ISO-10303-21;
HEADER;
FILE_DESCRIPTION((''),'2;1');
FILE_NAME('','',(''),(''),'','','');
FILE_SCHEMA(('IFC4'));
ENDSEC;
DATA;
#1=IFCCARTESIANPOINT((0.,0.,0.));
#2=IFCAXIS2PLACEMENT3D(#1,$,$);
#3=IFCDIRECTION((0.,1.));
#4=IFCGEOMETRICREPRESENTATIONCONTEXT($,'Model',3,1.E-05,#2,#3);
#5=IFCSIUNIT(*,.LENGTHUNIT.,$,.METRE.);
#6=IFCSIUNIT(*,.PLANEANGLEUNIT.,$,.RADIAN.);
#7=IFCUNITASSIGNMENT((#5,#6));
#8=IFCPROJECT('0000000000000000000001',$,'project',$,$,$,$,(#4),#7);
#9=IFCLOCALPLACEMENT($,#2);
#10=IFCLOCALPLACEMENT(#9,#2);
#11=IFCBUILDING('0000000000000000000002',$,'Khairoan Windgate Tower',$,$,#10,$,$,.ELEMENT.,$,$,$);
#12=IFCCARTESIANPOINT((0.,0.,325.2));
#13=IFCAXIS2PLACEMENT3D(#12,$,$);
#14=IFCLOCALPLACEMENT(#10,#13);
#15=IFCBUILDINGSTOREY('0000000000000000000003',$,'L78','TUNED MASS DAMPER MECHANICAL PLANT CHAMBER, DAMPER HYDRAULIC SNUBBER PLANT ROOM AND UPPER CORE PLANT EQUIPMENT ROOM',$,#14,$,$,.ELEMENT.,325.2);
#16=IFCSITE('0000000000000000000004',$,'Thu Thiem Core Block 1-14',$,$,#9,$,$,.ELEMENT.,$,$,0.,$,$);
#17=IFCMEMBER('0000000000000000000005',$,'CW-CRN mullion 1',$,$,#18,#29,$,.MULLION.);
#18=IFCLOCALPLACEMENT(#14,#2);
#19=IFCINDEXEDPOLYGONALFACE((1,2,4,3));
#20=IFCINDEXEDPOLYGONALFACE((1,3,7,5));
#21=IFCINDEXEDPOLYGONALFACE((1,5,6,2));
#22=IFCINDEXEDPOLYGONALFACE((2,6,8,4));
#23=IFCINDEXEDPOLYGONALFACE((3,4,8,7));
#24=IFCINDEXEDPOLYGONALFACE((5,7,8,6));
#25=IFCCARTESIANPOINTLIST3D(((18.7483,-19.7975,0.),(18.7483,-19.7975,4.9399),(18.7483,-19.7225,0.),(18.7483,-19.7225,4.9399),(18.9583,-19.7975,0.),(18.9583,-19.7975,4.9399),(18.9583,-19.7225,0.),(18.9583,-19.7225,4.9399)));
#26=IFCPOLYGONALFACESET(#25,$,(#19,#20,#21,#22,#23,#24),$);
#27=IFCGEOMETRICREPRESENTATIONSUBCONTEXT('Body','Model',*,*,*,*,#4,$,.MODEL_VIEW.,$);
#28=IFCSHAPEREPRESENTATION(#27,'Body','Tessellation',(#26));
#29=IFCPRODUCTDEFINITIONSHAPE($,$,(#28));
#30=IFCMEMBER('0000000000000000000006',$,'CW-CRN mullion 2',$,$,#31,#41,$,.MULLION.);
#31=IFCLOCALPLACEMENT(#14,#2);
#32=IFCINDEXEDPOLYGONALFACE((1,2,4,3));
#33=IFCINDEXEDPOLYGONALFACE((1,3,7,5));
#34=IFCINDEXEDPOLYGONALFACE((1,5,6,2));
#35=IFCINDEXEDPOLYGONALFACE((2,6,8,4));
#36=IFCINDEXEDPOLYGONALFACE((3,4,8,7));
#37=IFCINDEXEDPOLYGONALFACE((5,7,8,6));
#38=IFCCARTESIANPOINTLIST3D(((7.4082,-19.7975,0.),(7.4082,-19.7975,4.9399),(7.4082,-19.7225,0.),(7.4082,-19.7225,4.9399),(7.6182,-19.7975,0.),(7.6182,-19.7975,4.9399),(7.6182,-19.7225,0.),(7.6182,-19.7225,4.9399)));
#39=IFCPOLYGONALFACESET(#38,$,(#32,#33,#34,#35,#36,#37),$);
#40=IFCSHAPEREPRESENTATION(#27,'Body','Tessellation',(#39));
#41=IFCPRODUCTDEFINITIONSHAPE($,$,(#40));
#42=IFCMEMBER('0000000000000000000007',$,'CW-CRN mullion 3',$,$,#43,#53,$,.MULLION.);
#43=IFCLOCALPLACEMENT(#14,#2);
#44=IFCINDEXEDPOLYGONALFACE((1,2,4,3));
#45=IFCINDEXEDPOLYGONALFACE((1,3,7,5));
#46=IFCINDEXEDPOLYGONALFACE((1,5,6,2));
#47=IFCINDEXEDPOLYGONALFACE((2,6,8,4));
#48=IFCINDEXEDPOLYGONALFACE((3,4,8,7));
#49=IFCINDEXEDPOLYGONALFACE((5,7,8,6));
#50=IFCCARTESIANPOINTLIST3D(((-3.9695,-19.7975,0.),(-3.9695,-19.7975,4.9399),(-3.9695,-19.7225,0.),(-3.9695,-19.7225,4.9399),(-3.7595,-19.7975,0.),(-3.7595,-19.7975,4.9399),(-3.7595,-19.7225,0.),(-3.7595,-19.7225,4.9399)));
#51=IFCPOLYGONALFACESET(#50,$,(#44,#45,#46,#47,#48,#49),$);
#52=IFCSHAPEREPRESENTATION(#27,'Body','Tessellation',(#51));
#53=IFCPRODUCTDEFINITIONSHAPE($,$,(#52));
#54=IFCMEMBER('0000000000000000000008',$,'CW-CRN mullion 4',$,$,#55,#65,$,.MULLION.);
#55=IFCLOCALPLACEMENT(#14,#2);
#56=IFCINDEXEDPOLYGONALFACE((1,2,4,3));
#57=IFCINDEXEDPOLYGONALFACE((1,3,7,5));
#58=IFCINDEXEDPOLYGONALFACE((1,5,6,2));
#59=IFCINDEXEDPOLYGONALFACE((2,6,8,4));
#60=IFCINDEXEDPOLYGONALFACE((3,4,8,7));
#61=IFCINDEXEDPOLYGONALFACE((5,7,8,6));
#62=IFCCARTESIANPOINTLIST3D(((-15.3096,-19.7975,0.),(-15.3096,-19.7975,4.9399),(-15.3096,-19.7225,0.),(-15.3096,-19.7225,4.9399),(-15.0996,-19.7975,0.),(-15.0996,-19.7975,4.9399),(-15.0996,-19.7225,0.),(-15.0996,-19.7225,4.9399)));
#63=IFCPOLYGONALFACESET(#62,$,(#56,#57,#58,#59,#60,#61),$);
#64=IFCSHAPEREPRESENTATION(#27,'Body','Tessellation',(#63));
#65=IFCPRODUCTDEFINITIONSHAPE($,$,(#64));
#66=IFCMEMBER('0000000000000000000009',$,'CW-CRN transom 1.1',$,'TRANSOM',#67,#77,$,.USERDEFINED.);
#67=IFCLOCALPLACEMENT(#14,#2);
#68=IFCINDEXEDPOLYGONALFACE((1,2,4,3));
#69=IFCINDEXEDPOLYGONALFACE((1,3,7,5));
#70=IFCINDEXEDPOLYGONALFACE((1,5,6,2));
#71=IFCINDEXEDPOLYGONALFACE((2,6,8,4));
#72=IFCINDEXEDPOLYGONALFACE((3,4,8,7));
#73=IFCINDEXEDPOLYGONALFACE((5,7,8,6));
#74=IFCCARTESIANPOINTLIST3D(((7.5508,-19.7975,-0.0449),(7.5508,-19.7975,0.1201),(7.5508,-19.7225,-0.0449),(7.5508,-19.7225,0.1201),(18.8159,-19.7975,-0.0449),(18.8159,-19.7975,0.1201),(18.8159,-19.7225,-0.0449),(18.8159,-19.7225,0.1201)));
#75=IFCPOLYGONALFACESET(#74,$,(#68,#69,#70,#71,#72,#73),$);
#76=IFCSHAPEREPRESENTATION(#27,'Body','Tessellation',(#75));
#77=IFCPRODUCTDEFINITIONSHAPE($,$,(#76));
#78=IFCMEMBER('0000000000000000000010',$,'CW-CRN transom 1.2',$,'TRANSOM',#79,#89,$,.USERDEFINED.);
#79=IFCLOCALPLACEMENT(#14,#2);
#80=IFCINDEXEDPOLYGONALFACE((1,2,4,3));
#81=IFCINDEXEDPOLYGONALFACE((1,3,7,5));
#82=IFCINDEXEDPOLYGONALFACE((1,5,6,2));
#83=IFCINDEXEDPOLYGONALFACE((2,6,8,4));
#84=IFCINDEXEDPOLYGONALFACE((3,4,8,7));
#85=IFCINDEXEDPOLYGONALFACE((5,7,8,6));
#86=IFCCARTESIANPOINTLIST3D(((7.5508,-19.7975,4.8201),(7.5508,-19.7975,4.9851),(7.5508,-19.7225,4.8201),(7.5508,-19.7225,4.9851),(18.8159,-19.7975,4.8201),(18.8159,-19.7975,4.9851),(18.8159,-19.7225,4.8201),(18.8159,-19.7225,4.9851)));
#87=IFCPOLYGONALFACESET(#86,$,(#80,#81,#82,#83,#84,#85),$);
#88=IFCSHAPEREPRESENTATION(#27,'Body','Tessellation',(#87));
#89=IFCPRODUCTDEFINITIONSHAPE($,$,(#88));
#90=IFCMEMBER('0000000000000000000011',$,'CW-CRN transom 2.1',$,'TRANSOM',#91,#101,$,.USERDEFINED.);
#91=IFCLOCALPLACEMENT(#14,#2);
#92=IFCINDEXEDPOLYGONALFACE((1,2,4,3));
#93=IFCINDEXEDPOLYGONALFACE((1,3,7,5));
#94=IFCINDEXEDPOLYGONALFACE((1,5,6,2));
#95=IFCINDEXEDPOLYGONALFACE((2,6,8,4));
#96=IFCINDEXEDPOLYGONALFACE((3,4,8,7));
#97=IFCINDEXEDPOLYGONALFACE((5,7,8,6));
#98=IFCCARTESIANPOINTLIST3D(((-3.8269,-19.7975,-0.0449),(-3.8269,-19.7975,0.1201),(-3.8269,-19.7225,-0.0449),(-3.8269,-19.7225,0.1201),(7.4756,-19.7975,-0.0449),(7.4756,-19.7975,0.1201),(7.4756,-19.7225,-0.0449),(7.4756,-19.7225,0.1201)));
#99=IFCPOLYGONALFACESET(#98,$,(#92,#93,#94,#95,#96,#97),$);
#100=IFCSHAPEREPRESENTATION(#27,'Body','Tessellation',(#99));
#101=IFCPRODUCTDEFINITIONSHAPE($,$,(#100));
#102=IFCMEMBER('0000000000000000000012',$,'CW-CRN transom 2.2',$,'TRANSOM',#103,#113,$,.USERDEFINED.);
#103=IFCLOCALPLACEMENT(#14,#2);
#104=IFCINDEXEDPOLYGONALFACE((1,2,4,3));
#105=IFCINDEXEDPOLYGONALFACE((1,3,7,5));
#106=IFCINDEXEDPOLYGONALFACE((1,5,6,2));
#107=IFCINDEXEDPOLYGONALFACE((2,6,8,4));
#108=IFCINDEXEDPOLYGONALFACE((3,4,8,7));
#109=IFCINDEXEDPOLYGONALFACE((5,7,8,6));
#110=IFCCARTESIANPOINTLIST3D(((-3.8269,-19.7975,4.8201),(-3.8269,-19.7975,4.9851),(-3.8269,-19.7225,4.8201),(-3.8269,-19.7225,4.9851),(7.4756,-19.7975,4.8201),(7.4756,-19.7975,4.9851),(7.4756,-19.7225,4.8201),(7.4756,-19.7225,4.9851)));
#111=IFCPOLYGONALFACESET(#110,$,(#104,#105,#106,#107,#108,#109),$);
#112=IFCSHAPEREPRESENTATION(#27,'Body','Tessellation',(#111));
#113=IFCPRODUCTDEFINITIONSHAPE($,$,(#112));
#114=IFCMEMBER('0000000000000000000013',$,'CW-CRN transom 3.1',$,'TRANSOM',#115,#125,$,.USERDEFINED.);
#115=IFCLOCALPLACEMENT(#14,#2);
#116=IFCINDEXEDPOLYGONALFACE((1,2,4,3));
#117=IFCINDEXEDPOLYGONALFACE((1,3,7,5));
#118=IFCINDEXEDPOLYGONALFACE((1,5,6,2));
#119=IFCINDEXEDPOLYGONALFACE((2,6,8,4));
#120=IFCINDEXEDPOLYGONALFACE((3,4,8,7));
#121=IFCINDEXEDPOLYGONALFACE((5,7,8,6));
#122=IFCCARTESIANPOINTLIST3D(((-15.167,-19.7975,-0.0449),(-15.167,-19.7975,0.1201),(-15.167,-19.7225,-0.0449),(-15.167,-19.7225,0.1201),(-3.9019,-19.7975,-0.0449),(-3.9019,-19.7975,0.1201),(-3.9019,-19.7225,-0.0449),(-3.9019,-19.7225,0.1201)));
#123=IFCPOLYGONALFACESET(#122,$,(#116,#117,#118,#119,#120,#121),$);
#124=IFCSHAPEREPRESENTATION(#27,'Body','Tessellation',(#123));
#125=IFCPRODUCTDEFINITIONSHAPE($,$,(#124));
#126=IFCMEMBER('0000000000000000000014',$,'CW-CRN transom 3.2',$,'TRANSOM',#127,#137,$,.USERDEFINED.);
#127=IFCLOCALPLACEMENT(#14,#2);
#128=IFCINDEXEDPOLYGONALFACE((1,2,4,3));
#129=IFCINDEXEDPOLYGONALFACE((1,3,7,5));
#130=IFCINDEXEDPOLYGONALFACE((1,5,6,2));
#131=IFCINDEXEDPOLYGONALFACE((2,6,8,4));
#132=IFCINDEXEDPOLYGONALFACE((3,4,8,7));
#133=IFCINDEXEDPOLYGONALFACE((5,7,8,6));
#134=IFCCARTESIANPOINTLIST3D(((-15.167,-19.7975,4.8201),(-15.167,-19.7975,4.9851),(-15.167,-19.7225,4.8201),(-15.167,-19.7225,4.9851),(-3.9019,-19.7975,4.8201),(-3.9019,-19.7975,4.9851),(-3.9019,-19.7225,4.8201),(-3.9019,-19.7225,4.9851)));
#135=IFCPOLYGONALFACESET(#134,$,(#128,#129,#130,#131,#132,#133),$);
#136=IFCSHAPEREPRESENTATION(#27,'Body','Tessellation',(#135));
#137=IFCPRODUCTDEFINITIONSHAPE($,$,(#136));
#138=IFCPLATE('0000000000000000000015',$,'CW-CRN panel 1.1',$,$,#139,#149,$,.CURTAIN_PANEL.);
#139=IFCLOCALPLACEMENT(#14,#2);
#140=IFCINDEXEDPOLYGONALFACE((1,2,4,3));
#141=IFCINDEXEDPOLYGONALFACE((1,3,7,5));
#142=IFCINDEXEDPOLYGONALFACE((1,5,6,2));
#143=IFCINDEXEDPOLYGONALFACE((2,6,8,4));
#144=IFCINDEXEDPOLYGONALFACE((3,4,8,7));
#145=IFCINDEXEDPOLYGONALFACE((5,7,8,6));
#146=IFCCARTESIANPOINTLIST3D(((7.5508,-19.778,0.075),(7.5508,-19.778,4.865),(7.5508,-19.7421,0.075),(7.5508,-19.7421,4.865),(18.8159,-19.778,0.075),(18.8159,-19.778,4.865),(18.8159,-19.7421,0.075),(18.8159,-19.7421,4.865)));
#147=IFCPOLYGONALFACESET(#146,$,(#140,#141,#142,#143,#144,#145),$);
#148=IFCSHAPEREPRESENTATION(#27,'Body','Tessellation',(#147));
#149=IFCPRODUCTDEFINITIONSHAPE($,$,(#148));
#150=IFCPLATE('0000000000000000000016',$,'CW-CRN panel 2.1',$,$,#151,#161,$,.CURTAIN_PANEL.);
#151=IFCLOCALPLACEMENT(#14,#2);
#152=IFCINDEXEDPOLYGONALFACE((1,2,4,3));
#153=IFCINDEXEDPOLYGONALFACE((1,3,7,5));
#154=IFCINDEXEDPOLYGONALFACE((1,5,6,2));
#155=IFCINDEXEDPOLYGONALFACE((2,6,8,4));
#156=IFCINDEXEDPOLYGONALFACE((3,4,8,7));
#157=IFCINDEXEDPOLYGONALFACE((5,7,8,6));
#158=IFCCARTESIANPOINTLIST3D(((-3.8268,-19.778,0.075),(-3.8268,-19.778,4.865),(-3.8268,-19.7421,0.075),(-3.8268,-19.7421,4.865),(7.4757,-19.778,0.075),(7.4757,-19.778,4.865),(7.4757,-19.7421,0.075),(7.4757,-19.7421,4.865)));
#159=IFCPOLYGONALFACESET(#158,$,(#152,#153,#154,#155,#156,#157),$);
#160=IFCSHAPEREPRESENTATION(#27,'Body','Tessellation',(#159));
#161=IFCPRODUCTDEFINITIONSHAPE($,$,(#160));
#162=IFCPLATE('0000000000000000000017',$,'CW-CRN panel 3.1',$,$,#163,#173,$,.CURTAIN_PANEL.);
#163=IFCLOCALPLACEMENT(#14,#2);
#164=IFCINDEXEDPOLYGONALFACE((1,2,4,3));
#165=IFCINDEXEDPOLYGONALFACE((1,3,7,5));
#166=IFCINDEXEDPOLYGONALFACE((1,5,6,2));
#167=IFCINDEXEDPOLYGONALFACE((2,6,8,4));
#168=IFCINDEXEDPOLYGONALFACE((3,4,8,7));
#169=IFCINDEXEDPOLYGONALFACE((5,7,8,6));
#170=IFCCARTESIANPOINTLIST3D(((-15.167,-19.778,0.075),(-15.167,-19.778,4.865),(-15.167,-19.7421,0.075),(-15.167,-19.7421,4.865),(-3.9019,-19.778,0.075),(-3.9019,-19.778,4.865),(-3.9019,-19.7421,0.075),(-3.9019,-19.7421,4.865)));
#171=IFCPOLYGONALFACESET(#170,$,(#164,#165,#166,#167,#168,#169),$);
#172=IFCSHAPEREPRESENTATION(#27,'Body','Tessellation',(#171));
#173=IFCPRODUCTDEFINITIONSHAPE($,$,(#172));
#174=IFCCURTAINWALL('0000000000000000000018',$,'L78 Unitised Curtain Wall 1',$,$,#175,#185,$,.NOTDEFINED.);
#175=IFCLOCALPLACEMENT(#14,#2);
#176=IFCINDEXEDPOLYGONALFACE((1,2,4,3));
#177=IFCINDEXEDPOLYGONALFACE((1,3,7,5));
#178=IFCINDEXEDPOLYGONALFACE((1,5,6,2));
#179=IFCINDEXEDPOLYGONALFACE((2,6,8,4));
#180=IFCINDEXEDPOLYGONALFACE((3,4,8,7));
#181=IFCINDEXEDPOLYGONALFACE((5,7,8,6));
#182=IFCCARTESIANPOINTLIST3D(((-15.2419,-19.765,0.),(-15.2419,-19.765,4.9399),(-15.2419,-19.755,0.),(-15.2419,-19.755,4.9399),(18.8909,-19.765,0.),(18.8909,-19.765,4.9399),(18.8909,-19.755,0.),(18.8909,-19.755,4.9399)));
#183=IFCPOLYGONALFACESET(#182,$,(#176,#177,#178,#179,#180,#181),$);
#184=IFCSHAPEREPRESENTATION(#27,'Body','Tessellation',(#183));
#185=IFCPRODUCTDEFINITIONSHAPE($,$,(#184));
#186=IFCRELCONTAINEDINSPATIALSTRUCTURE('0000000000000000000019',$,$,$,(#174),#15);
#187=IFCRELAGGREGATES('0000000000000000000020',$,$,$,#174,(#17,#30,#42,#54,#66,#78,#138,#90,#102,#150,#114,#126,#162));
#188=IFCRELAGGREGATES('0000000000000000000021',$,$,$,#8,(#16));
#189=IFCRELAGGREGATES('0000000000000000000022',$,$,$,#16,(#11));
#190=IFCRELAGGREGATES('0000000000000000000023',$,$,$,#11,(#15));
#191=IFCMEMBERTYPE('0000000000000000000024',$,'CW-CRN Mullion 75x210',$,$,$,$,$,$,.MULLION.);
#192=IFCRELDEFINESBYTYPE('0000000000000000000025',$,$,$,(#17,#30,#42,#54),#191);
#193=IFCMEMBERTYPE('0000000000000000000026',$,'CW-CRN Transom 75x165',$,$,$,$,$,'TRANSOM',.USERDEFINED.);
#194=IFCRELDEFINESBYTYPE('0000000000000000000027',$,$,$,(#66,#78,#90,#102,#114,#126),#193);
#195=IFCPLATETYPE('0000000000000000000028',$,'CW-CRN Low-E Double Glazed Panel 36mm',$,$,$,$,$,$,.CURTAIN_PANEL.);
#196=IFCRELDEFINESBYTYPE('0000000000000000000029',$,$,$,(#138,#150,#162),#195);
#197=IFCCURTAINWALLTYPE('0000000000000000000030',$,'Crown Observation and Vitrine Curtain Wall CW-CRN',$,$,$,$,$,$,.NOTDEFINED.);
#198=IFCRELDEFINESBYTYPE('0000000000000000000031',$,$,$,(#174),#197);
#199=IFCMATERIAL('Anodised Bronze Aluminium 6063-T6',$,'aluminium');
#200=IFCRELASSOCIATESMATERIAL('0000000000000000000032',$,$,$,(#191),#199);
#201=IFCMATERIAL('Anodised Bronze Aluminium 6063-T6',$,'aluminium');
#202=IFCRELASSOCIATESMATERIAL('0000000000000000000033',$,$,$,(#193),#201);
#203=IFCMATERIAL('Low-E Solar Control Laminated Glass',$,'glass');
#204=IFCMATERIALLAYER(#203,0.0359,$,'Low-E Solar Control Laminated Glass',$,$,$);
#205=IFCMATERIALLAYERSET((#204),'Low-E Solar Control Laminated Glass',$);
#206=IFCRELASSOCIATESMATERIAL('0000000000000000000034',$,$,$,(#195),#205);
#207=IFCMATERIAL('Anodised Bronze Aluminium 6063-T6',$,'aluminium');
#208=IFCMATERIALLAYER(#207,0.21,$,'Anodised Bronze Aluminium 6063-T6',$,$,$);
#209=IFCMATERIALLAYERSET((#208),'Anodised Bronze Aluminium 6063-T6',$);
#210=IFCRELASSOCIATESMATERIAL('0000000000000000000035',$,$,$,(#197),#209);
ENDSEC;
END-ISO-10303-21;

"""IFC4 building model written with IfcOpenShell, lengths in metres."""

from ifc_helpers import new_model, si_unit, direction, frame, frame_2d, origin, origin_2d, place, context, subcontext, project, spatial, rectangle, extrude, material, layer, layer_set, material_profile, profile_set, type_object, element, aggregate, save


model = new_model("IFC4")

# Units and contexts
model_context = context("Model", 3, precision=1e-05, world=origin(), true_north=direction((0.0, 1.0)))
body_context = subcontext(model_context, "Body", "Model", "MODEL_VIEW")
ifc_project = project(units=[si_unit("LENGTHUNIT", "METRE"), si_unit("PLANEANGLEUNIT", "RADIAN")], contexts=[model_context])

# Site, building, storey
site_placement = place(None, origin())
site = spatial("IfcSite", under=ifc_project, at=site_placement, Name="Thu Thiem Core Block 1-14", CompositionType="ELEMENT", RefElevation=0.0)
building_placement = place(site_placement, origin())
building = spatial("IfcBuilding", under=site, at=building_placement, Name="Khairoan Windgate Tower", CompositionType="ELEMENT")
storey_placement = place(building_placement, frame((0.0, 0.0, 325.2)))
storey = spatial("IfcBuildingStorey", under=building, at=storey_placement, Name="L78", Description="TUNED MASS DAMPER MECHANICAL PLANT CHAMBER, DAMPER HYDRAULIC SNUBBER PLANT ROOM AND UPPER CORE PLANT EQUIPMENT ROOM", CompositionType="ELEMENT", Elevation=325.2)

# Members
ifc_material_1 = material(Name="Anodised Bronze Aluminium 6063-T6", Category="aluminium")
ifc_material_profile_1 = material_profile(ifc_material_1, rectangle(XDim=0.075, YDim=0.21, at=origin_2d()))
ifc_profile_set_1 = profile_set([ifc_material_profile_1], Name="Anodised Bronze Aluminium 6063-T6")
member_type_1 = type_object("IfcMemberType", Name="CW-CRN Mullion 75x210", PredefinedType="MULLION", material=ifc_profile_set_1)
member_1_placement = place(storey_placement, frame((18.8533, -19.76, 0.0), z_axis=(0.0, 0.0, 1.0), x_axis=(0.0, -1.0, 0.0)))
member_1 = element("IfcMember", 1, at=member_1_placement, type_object=member_type_1, Name="CW-CRN mullion 1", PredefinedType="MULLION", context=body_context, shape_type="SweptSolid", body=[
    extrude(rectangle(XDim=0.075, YDim=0.21, at=origin_2d()), origin(), (0.0, 0.0, 1.0), 4.9399),
])
member_2_placement = place(storey_placement, frame((7.5132, -19.76, 0.0), z_axis=(0.0, 0.0, 1.0), x_axis=(0.0, -1.0, 0.0)))
member_2 = element("IfcMember", 2, at=member_2_placement, type_object=member_type_1, Name="CW-CRN mullion 2", PredefinedType="MULLION", context=body_context, shape_type="SweptSolid", body=[
    extrude(rectangle(XDim=0.075, YDim=0.21, at=origin_2d()), origin(), (0.0, 0.0, 1.0), 4.9399),
])
member_3_placement = place(storey_placement, frame((-3.8645, -19.76, 0.0), z_axis=(0.0, 0.0, 1.0), x_axis=(0.0, -1.0, 0.0)))
member_3 = element("IfcMember", 3, at=member_3_placement, type_object=member_type_1, Name="CW-CRN mullion 3", PredefinedType="MULLION", context=body_context, shape_type="SweptSolid", body=[
    extrude(rectangle(XDim=0.075, YDim=0.21, at=origin_2d()), origin(), (0.0, 0.0, 1.0), 4.9399),
])
member_4_placement = place(storey_placement, frame((-15.2046, -19.76, 0.0), z_axis=(0.0, 0.0, 1.0), x_axis=(0.0, -1.0, 0.0)))
member_4 = element("IfcMember", 4, at=member_4_placement, type_object=member_type_1, Name="CW-CRN mullion 4", PredefinedType="MULLION", context=body_context, shape_type="SweptSolid", body=[
    extrude(rectangle(XDim=0.075, YDim=0.21, at=origin_2d()), origin(), (0.0, 0.0, 1.0), 4.9399),
])
ifc_material_2 = material(Name="Anodised Bronze Aluminium 6063-T6", Category="aluminium")
ifc_material_profile_2 = material_profile(ifc_material_2, rectangle(XDim=0.075, YDim=0.165, at=origin_2d()))
ifc_profile_set_2 = profile_set([ifc_material_profile_2], Name="Anodised Bronze Aluminium 6063-T6")
member_type_2 = type_object("IfcMemberType", Name="CW-CRN Transom 75x165", ElementType="TRANSOM", PredefinedType="USERDEFINED", material=ifc_profile_set_2)
member_5_placement = place(storey_placement, frame((18.8159, -19.76, 0.0376), z_axis=(-1.0, 0.0, 0.0), x_axis=(0.0, -1.0, 0.0)))
member_5 = element("IfcMember", 5, at=member_5_placement, type_object=member_type_2, Name="CW-CRN transom 1.1", ObjectType="TRANSOM", PredefinedType="USERDEFINED", context=body_context, shape_type="SweptSolid", body=[
    extrude(rectangle(XDim=0.075, YDim=0.165, at=origin_2d()), origin(), (0.0, 0.0, 1.0), 11.2651),
])
member_6_placement = place(storey_placement, frame((18.8159, -19.76, 4.9026), z_axis=(-1.0, 0.0, 0.0), x_axis=(0.0, -1.0, 0.0)))
member_6 = element("IfcMember", 6, at=member_6_placement, type_object=member_type_2, Name="CW-CRN transom 1.2", ObjectType="TRANSOM", PredefinedType="USERDEFINED", context=body_context, shape_type="SweptSolid", body=[
    extrude(rectangle(XDim=0.075, YDim=0.165, at=origin_2d()), origin(), (0.0, 0.0, 1.0), 11.2651),
])
member_7_placement = place(storey_placement, frame((7.4756, -19.76, 0.0376), z_axis=(-1.0, 0.0, 0.0), x_axis=(0.0, -1.0, 0.0)))
member_7 = element("IfcMember", 7, at=member_7_placement, type_object=member_type_2, Name="CW-CRN transom 2.1", ObjectType="TRANSOM", PredefinedType="USERDEFINED", context=body_context, shape_type="SweptSolid", body=[
    extrude(rectangle(XDim=0.075, YDim=0.165, at=origin_2d()), origin(), (0.0, 0.0, 1.0), 11.3025),
])
member_8_placement = place(storey_placement, frame((7.4756, -19.76, 4.9026), z_axis=(-1.0, 0.0, 0.0), x_axis=(0.0, -1.0, 0.0)))
member_8 = element("IfcMember", 8, at=member_8_placement, type_object=member_type_2, Name="CW-CRN transom 2.2", ObjectType="TRANSOM", PredefinedType="USERDEFINED", context=body_context, shape_type="SweptSolid", body=[
    extrude(rectangle(XDim=0.075, YDim=0.165, at=origin_2d()), origin(), (0.0, 0.0, 1.0), 11.3025),
])
member_9_placement = place(storey_placement, frame((-3.9019, -19.76, 0.0376), z_axis=(-1.0, 0.0, 0.0), x_axis=(0.0, -1.0, 0.0)))
member_9 = element("IfcMember", 9, at=member_9_placement, type_object=member_type_2, Name="CW-CRN transom 3.1", ObjectType="TRANSOM", PredefinedType="USERDEFINED", context=body_context, shape_type="SweptSolid", body=[
    extrude(rectangle(XDim=0.075, YDim=0.165, at=origin_2d()), origin(), (0.0, 0.0, 1.0), 11.2651),
])
member_10_placement = place(storey_placement, frame((-3.9019, -19.76, 4.9026), z_axis=(-1.0, 0.0, 0.0), x_axis=(0.0, -1.0, 0.0)))
member_10 = element("IfcMember", 10, at=member_10_placement, type_object=member_type_2, Name="CW-CRN transom 3.2", ObjectType="TRANSOM", PredefinedType="USERDEFINED", context=body_context, shape_type="SweptSolid", body=[
    extrude(rectangle(XDim=0.075, YDim=0.165, at=origin_2d()), origin(), (0.0, 0.0, 1.0), 11.2651),
])

# Plates
ifc_material_3 = material(Name="Low-E Solar Control Laminated Glass", Category="glass")
ifc_layer_1 = layer(ifc_material_3, 0.0359, Name="Low-E Solar Control Laminated Glass")
ifc_layer_set_1 = layer_set([ifc_layer_1], Name="Low-E Solar Control Laminated Glass")
plate_type_1 = type_object("IfcPlateType", Name="CW-CRN Low-E Double Glazed Panel 36mm", PredefinedType="CURTAIN_PANEL", material=ifc_layer_set_1)
plate_1_placement = place(storey_placement, frame((13.1833, -19.76, 0.075), z_axis=(0.0, 0.0, 1.0), x_axis=(-1.0, 0.0, 0.0)))
plate_1 = element("IfcPlate", 11, at=plate_1_placement, type_object=plate_type_1, Name="CW-CRN panel 1.1", PredefinedType="CURTAIN_PANEL", context=body_context, shape_type="SweptSolid", body=[
    extrude(rectangle(XDim=11.2651, YDim=0.0359, at=origin_2d()), origin(), (0.0, 0.0, 1.0), 4.79),
])
plate_2_placement = place(storey_placement, frame((1.8245, -19.76, 0.075), z_axis=(0.0, 0.0, 1.0), x_axis=(-1.0, 0.0, 0.0)))
plate_2 = element("IfcPlate", 12, at=plate_2_placement, type_object=plate_type_1, Name="CW-CRN panel 2.1", PredefinedType="CURTAIN_PANEL", context=body_context, shape_type="SweptSolid", body=[
    extrude(rectangle(XDim=11.3025, YDim=0.0359, at=origin_2d()), origin(), (0.0, 0.0, 1.0), 4.79),
])
plate_3_placement = place(storey_placement, frame((-9.5344, -19.76, 0.075), z_axis=(0.0, 0.0, 1.0), x_axis=(-1.0, 0.0, 0.0)))
plate_3 = element("IfcPlate", 13, at=plate_3_placement, type_object=plate_type_1, Name="CW-CRN panel 3.1", PredefinedType="CURTAIN_PANEL", context=body_context, shape_type="SweptSolid", body=[
    extrude(rectangle(XDim=11.2651, YDim=0.0359, at=origin_2d()), origin(), (0.0, 0.0, 1.0), 4.79),
])

# Curtain wall
ifc_material_4 = material(Name="Anodised Bronze Aluminium 6063-T6", Category="aluminium")
ifc_layer_2 = layer(ifc_material_4, 0.21, Name="Anodised Bronze Aluminium 6063-T6")
ifc_layer_set_2 = layer_set([ifc_layer_2], Name="Anodised Bronze Aluminium 6063-T6")
curtain_wall_type = type_object("IfcCurtainWallType", Name="Crown Observation and Vitrine Curtain Wall CW-CRN", PredefinedType="NOTDEFINED", material=ifc_layer_set_2)
curtain_wall_placement = place(storey_placement, frame((18.8909, -19.76, 0.0), z_axis=(0.0, 0.0, 1.0), x_axis=(-1.0, 0.0, 0.0)))
curtain_wall = element("IfcCurtainWall", 14, at=curtain_wall_placement, inside=storey, type_object=curtain_wall_type, Name="L78 Unitised Curtain Wall 1", PredefinedType="NOTDEFINED", context=body_context, shape_type="SweptSolid", body=[
    extrude(rectangle(XDim=34.1328, YDim=0.01, at=frame_2d((17.0664, 0.0))), origin(), (0.0, 0.0, 1.0), 4.9399),
])
aggregate(curtain_wall, [member_1, member_2, member_3, member_4, member_5, member_6, plate_1, member_7, member_8, plate_2, member_9, member_10, plate_3])

save(model, "model.ifc")
